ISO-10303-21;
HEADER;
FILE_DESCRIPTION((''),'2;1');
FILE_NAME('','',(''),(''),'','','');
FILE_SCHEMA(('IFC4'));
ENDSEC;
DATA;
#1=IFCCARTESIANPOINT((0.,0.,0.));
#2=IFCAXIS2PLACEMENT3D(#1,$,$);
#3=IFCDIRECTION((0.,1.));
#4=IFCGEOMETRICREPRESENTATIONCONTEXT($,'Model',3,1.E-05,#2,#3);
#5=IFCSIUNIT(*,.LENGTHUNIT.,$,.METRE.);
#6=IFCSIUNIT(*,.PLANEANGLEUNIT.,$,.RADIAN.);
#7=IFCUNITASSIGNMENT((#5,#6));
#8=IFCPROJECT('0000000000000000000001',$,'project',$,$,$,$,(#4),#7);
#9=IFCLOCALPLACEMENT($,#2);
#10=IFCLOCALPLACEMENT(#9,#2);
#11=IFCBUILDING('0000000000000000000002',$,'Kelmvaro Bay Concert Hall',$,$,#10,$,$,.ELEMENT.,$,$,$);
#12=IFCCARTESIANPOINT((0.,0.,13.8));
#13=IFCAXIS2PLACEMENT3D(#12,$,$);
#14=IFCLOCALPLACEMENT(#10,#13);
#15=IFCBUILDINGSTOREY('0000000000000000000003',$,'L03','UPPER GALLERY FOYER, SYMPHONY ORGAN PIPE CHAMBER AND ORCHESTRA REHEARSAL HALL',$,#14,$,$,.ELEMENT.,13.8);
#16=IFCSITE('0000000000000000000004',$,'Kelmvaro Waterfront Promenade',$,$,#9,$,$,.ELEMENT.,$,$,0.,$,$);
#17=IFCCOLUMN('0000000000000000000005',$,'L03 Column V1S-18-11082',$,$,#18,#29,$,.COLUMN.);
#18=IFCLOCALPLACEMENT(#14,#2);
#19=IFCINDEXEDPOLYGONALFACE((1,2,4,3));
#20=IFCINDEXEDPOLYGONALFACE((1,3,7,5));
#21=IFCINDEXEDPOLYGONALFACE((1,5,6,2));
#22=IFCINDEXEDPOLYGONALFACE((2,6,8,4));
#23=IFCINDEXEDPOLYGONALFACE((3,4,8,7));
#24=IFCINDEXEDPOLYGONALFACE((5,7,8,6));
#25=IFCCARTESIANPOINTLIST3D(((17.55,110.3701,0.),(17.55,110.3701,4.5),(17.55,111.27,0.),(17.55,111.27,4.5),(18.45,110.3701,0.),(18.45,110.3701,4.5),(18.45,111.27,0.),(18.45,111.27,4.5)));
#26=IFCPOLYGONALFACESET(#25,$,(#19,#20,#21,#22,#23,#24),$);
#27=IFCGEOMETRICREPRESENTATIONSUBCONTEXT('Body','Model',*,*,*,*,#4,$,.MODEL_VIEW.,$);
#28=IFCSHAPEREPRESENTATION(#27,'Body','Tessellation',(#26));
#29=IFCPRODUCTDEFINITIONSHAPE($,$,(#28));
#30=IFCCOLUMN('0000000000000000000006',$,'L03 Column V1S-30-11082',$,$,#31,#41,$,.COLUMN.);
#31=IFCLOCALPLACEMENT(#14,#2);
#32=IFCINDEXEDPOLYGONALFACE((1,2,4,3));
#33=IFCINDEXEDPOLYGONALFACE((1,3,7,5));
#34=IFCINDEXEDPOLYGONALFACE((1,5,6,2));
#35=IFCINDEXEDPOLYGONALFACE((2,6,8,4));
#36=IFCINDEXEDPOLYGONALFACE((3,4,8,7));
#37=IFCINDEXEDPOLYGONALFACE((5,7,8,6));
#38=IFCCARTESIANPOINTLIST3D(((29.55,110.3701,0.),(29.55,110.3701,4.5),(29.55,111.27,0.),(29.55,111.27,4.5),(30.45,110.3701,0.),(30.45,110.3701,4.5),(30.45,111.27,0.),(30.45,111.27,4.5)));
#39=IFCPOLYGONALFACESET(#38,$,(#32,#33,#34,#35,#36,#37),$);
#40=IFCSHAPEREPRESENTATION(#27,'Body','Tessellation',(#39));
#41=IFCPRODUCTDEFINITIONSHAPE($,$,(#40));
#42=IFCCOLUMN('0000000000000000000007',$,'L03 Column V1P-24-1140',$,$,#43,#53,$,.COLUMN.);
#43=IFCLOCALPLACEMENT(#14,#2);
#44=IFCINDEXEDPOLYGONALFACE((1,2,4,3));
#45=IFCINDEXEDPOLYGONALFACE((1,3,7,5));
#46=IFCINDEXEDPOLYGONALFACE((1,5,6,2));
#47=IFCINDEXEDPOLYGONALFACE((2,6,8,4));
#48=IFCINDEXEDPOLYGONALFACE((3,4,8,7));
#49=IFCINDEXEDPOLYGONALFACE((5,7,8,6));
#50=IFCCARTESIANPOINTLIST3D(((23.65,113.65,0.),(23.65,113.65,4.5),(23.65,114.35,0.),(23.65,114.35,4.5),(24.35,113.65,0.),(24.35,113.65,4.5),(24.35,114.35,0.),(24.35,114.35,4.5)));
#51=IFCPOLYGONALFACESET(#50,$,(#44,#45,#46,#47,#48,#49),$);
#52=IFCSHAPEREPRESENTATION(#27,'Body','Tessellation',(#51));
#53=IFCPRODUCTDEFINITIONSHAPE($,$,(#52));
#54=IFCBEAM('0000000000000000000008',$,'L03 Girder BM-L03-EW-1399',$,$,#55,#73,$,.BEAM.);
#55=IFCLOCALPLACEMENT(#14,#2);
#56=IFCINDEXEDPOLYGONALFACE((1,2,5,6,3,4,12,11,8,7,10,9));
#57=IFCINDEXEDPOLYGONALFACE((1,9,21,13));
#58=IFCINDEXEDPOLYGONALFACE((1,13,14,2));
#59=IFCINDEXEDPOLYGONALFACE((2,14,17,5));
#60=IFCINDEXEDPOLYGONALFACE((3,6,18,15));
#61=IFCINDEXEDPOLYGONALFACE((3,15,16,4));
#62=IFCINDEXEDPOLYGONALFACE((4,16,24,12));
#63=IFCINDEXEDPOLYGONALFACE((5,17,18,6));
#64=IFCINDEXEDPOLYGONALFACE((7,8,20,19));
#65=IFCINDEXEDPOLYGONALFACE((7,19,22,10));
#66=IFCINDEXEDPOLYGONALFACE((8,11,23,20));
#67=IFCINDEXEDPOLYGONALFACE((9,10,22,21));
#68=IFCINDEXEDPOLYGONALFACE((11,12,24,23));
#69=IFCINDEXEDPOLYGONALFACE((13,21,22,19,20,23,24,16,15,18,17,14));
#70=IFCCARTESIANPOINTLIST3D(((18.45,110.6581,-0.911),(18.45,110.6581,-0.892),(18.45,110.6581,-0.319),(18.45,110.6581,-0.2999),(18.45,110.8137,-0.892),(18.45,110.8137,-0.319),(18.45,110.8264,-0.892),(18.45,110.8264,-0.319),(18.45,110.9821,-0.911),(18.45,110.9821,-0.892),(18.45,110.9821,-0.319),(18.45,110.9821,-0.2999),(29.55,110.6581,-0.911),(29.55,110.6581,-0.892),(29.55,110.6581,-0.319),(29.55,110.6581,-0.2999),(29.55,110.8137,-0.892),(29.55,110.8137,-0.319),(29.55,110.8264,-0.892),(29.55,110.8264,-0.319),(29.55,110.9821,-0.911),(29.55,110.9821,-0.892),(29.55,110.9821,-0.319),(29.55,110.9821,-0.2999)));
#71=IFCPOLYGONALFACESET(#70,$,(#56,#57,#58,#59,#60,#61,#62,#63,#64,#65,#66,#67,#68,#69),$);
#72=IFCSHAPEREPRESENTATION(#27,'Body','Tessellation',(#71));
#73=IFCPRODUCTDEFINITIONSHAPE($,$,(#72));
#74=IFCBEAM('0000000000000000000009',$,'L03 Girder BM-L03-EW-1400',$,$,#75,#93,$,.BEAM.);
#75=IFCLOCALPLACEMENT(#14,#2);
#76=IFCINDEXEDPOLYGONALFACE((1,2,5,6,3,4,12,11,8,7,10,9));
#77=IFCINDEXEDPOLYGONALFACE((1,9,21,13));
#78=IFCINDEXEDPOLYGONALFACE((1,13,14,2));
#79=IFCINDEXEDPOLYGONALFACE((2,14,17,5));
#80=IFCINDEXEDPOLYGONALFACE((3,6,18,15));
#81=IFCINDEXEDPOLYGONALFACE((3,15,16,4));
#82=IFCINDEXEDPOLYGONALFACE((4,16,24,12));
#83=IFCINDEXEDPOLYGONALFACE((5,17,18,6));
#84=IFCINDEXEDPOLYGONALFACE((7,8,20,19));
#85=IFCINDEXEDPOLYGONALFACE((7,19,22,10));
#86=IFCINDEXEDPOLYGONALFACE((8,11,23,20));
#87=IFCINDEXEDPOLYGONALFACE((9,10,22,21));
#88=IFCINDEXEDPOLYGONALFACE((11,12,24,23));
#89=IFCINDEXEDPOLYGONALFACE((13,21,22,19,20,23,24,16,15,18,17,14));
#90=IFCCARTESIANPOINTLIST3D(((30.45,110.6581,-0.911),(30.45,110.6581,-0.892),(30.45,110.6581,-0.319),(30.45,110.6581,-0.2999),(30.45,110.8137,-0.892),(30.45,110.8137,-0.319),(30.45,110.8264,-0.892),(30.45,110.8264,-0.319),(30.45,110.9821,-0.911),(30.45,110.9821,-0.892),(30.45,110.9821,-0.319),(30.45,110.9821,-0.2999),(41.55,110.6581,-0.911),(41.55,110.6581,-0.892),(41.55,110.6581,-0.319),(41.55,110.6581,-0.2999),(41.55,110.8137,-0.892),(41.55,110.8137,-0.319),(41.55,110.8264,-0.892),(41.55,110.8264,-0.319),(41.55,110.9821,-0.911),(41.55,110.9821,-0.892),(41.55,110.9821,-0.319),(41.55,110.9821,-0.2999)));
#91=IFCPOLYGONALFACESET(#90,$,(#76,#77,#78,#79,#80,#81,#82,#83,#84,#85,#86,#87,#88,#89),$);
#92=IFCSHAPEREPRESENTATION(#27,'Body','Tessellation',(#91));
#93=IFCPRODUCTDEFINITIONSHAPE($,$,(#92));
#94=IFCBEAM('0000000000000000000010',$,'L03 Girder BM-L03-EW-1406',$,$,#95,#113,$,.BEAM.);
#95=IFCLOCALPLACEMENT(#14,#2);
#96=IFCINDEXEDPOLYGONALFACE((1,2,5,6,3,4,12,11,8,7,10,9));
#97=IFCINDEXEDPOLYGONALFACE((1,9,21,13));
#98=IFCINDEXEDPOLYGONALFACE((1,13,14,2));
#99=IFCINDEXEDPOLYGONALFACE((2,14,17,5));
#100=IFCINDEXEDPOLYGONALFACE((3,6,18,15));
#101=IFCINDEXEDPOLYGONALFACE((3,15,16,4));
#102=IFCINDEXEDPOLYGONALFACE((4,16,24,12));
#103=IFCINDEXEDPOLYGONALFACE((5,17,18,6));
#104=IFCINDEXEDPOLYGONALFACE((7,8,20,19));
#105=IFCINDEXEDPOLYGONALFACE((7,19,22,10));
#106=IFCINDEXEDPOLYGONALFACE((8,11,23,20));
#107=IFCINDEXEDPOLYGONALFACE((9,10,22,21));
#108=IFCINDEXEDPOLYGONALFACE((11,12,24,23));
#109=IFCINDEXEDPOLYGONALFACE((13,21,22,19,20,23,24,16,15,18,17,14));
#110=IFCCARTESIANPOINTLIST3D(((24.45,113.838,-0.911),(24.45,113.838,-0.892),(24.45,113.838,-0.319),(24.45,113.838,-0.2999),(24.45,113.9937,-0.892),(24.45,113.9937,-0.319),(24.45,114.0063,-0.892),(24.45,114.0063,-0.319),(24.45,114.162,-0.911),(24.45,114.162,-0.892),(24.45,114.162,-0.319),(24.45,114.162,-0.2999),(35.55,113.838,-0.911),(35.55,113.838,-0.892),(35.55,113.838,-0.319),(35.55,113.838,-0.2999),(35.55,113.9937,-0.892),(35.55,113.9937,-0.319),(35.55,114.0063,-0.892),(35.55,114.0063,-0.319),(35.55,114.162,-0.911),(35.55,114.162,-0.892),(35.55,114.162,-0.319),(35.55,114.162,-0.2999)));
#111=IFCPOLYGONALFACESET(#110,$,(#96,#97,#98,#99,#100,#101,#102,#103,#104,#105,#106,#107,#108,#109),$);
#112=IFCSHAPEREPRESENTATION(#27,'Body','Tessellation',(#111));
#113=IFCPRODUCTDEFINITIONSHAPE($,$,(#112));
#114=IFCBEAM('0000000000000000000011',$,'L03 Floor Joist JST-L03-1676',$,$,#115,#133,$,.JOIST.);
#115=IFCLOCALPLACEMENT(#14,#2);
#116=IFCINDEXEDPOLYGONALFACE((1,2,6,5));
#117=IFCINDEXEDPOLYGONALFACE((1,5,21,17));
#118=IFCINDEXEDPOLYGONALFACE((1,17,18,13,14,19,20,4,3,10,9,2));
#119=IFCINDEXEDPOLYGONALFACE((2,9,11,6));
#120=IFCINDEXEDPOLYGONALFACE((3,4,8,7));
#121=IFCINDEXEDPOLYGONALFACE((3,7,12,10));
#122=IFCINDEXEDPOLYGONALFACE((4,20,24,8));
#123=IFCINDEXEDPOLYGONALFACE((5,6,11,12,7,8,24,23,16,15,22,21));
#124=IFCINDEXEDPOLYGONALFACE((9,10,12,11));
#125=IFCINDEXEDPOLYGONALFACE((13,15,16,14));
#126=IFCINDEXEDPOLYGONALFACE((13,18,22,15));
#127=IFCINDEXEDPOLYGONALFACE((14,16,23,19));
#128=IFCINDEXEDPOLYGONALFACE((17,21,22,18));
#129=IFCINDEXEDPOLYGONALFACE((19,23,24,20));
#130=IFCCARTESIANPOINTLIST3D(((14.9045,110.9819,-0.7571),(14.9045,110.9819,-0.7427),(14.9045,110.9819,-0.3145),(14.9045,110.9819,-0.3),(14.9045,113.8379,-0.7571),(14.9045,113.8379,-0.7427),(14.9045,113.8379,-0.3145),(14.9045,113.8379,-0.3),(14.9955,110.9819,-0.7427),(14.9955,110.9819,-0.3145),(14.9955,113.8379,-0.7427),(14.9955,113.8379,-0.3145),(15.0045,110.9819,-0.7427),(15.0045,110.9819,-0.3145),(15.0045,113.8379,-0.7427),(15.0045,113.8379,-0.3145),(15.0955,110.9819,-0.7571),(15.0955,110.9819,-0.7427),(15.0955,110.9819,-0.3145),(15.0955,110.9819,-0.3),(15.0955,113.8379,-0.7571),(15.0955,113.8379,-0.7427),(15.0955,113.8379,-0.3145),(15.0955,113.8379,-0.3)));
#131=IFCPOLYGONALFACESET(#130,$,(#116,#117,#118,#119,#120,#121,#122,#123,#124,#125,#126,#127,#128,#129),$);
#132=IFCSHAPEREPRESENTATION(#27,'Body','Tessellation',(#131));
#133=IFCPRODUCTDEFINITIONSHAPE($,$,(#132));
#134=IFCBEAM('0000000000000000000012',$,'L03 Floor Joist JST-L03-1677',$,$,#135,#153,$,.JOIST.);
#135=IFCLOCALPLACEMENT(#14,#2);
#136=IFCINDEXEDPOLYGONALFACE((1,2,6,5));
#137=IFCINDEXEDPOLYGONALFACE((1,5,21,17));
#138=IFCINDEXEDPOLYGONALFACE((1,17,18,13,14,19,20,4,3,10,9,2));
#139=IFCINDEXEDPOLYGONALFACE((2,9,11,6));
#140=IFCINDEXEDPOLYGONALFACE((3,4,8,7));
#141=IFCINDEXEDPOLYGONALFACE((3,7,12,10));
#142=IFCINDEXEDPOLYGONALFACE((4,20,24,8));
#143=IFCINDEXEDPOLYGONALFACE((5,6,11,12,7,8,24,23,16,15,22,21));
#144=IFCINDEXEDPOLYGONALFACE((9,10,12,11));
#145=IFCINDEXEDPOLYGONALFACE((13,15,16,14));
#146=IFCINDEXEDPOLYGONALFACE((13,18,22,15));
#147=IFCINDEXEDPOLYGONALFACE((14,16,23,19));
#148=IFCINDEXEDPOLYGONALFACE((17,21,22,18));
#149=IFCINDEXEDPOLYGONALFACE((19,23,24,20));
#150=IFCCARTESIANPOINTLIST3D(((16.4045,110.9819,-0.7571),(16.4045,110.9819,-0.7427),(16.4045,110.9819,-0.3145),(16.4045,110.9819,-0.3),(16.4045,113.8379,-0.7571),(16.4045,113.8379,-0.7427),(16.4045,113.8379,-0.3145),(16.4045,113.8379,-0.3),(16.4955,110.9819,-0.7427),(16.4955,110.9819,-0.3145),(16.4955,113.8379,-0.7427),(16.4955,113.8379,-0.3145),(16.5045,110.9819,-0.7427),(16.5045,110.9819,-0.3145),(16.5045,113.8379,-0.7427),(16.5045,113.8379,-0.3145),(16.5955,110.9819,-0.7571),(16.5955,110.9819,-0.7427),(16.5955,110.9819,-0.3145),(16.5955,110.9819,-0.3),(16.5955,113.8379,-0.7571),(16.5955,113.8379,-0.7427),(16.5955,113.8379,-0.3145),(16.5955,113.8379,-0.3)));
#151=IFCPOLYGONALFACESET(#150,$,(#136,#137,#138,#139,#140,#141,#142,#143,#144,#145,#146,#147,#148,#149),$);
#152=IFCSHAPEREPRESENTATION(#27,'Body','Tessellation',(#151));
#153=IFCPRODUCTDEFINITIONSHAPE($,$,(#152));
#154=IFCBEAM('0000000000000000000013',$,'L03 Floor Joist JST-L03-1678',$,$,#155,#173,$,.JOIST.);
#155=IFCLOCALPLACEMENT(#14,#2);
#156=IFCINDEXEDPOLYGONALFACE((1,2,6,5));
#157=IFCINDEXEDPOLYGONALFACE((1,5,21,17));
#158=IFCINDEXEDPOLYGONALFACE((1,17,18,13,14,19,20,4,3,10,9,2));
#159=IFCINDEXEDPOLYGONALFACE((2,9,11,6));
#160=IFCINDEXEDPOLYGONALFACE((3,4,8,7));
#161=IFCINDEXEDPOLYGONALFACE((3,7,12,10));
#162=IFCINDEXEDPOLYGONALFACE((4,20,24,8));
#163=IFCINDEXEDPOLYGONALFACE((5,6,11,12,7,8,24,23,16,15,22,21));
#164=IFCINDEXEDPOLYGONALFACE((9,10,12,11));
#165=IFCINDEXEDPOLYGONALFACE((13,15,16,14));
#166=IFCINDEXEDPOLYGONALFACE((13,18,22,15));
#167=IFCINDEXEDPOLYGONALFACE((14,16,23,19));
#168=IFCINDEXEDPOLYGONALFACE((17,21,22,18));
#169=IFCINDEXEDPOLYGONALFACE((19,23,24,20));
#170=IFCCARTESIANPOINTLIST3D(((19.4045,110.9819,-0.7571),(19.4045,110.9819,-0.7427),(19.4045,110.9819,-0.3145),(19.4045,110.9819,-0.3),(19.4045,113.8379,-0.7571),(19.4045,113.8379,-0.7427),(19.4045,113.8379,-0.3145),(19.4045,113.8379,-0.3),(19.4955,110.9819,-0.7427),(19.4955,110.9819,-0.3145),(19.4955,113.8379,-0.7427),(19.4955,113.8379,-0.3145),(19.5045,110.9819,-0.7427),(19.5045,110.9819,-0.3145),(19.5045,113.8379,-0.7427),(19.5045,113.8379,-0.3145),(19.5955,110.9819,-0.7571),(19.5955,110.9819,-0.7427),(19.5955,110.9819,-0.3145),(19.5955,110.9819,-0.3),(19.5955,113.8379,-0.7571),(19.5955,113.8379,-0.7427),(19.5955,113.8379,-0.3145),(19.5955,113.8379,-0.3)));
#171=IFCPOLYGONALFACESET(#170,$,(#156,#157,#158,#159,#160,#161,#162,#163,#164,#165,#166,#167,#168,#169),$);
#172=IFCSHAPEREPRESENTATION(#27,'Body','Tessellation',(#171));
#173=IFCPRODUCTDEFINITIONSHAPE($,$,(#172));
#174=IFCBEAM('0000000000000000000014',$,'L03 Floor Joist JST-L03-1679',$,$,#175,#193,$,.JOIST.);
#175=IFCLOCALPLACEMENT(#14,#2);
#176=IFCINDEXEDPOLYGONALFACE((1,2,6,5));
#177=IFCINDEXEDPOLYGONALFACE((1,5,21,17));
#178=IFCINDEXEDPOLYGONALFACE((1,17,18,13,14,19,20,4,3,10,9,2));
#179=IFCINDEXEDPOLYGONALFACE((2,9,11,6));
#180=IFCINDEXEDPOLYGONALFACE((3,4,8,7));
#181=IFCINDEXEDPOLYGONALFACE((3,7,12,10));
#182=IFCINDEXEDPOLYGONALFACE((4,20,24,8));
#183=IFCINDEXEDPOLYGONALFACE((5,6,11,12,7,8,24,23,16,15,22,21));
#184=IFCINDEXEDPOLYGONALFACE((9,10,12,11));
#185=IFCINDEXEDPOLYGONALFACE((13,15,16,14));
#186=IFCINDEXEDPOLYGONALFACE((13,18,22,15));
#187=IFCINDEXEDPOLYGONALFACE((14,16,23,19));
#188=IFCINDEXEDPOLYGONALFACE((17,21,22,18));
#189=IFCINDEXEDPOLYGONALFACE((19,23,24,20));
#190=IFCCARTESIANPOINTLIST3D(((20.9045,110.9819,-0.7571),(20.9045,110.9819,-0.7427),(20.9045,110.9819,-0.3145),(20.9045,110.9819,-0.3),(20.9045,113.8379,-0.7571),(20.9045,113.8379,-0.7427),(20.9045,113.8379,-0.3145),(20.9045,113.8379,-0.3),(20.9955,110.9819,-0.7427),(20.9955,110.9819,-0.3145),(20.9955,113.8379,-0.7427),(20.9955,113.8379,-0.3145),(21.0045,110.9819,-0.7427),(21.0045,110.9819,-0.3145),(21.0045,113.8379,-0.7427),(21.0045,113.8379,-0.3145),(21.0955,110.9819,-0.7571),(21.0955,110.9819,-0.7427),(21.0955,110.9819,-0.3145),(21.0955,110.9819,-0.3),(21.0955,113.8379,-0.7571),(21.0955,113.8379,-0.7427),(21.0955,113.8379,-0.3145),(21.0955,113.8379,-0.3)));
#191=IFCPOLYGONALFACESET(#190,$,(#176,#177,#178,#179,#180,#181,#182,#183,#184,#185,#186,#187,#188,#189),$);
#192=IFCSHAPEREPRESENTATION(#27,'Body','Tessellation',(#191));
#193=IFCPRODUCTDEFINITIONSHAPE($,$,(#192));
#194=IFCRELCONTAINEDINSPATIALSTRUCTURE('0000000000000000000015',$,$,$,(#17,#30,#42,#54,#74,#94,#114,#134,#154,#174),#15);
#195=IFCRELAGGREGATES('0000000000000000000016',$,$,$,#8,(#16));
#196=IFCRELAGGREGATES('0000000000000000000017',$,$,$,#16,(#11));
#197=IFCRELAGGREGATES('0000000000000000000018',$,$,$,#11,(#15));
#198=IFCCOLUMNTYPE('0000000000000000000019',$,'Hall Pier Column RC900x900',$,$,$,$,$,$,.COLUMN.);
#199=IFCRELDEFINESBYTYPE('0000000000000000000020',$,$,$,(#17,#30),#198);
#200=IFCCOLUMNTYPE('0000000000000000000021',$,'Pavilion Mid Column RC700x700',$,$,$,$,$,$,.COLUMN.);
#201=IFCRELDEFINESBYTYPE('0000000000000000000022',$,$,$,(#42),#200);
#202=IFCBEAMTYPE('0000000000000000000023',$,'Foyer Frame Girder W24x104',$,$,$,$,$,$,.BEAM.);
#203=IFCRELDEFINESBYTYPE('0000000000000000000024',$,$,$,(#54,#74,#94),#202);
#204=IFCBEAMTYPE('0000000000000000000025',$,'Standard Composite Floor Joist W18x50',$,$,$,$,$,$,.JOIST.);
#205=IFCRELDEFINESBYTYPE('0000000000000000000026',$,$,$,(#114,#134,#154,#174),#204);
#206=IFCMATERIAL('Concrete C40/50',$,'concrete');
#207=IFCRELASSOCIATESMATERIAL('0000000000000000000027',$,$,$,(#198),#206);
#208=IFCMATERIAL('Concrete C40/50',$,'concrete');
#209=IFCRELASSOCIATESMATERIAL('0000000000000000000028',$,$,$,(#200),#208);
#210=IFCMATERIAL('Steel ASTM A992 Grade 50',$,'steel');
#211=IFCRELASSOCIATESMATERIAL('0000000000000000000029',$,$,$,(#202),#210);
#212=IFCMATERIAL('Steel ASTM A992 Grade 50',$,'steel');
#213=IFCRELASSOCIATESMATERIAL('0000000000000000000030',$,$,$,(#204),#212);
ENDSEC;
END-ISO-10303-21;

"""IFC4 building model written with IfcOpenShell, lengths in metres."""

from ifc_helpers import new_model, si_unit, direction, frame, origin, origin_2d, place, context, subcontext, project, spatial, rectangle, i_section, extrude, material, material_profile, profile_set, type_object, element, save


model = new_model("IFC4")

# Units and contexts
model_context = context("Model", 3, precision=1e-05, world=origin(), true_north=direction((0.0, 1.0)))
body_context = subcontext(model_context, "Body", "Model", "MODEL_VIEW")
ifc_project = project(units=[si_unit("LENGTHUNIT", "METRE"), si_unit("PLANEANGLEUNIT", "RADIAN")], contexts=[model_context])

# Site, building, storey
site_placement = place(None, origin())
site = spatial("IfcSite", under=ifc_project, at=site_placement, Name="Kelmvaro Waterfront Promenade", CompositionType="ELEMENT", RefElevation=0.0)
building_placement = place(site_placement, origin())
building = spatial("IfcBuilding", under=site, at=building_placement, Name="Kelmvaro Bay Concert Hall", CompositionType="ELEMENT")
storey_placement = place(building_placement, frame((0.0, 0.0, 13.8)))
storey = spatial("IfcBuildingStorey", under=building, at=storey_placement, Name="L03", Description="UPPER GALLERY FOYER, SYMPHONY ORGAN PIPE CHAMBER AND ORCHESTRA REHEARSAL HALL", CompositionType="ELEMENT", Elevation=13.8)

# Columns
ifc_material_1 = material(Name="Concrete C40/50", Category="concrete")
ifc_material_profile_1 = material_profile(ifc_material_1, rectangle(XDim=0.8999, YDim=0.8999, at=origin_2d()), Name="RC-COL-900X900")
ifc_profile_set_1 = profile_set([ifc_material_profile_1], Name="Concrete C40/50")
column_type_1 = type_object("IfcColumnType", Name="Hall Pier Column RC900x900", PredefinedType="COLUMN", material=ifc_profile_set_1)
for number, where, z_axis, x_axis, name in (
    (1, (18.0, 110.8201, 0.0), (0.0, 0.0, 1.0), (1.0, 0.0, 0.0), "L03 Column V1S-18-11082"),
    (2, (30.0, 110.8201, 0.0), (0.0, 0.0, 1.0), (1.0, 0.0, 0.0), "L03 Column V1S-30-11082"),
):
    element("IfcColumn", number, at=place(storey_placement, frame(where, z_axis=z_axis, x_axis=x_axis)), inside=storey, type_object=column_type_1, Name=name, PredefinedType="COLUMN", context=body_context, shape_type="SweptSolid", body=[
        extrude(rectangle(XDim=0.8999, YDim=0.8999, at=origin_2d()), origin(), (0.0, 0.0, 1.0), 4.5),
    ])
ifc_material_2 = material(Name="Concrete C40/50", Category="concrete")
ifc_material_profile_2 = material_profile(ifc_material_2, rectangle(XDim=0.7, YDim=0.7, at=origin_2d()), Name="RC-COL-700X700")
ifc_profile_set_2 = profile_set([ifc_material_profile_2], Name="Concrete C40/50")
column_type_2 = type_object("IfcColumnType", Name="Pavilion Mid Column RC700x700", PredefinedType="COLUMN", material=ifc_profile_set_2)
column_placement = place(storey_placement, frame((24.0, 114.0, 0.0), z_axis=(0.0, 0.0, 1.0), x_axis=(1.0, 0.0, 0.0)))
element("IfcColumn", 3, at=column_placement, inside=storey, type_object=column_type_2, Name="L03 Column V1P-24-1140", PredefinedType="COLUMN", context=body_context, shape_type="SweptSolid", body=[
    extrude(rectangle(XDim=0.7, YDim=0.7, at=origin_2d()), origin(), (0.0, 0.0, 1.0), 4.5),
])

# Beams
ifc_material_3 = material(Name="Steel ASTM A992 Grade 50", Category="steel")
ifc_material_profile_3 = material_profile(ifc_material_3, i_section(OverallWidth=0.324, OverallDepth=0.6111, WebThickness=0.0127, FlangeThickness=0.019, at=origin_2d()), Name="W24X104")
ifc_profile_set_3 = profile_set([ifc_material_profile_3], Name="Steel ASTM A992 Grade 50")
beam_type_1 = type_object("IfcBeamType", Name="Foyer Frame Girder W24x104", PredefinedType="BEAM", material=ifc_profile_set_3)
for number, where, z_axis, x_axis, name in (
    (4, (18.45, 110.8201, -0.6055), (1.0, 0.0, 0.0), (0.0, 1.0, 0.0), "L03 Girder BM-L03-EW-1399"),
    (5, (30.45, 110.8201, -0.6055), (1.0, 0.0, 0.0), (0.0, 1.0, 0.0), "L03 Girder BM-L03-EW-1400"),
    (6, (24.45, 114.0, -0.6055), (1.0, 0.0, 0.0), (0.0, 1.0, 0.0), "L03 Girder BM-L03-EW-1406"),
):
    element("IfcBeam", number, at=place(storey_placement, frame(where, z_axis=z_axis, x_axis=x_axis)), inside=storey, type_object=beam_type_1, Name=name, PredefinedType="BEAM", context=body_context, shape_type="SweptSolid", body=[
        extrude(i_section(OverallWidth=0.324, OverallDepth=0.6111, WebThickness=0.0127, FlangeThickness=0.019, at=origin_2d()), origin(), (0.0, 0.0, 1.0), 11.1001),
    ])
ifc_material_4 = material(Name="Steel ASTM A992 Grade 50", Category="steel")
ifc_material_profile_4 = material_profile(ifc_material_4, i_section(OverallWidth=0.1909, OverallDepth=0.457, WebThickness=0.009, FlangeThickness=0.0144, at=origin_2d()), Name="W18X50")
ifc_profile_set_4 = profile_set([ifc_material_profile_4], Name="Steel ASTM A992 Grade 50")
beam_type_2 = type_object("IfcBeamType", Name="Standard Composite Floor Joist W18x50", PredefinedType="JOIST", material=ifc_profile_set_4)
for number, where, z_axis, x_axis, name in (
    (7, (15.0, 110.9819, -0.5286), (0.0, 1.0, 0.0), (-1.0, 0.0, 0.0), "L03 Floor Joist JST-L03-1676"),
    (8, (16.5, 110.9819, -0.5286), (0.0, 1.0, 0.0), (-1.0, 0.0, 0.0), "L03 Floor Joist JST-L03-1677"),
    (9, (19.5, 110.9819, -0.5286), (0.0, 1.0, 0.0), (-1.0, 0.0, 0.0), "L03 Floor Joist JST-L03-1678"),
    (10, (21.0, 110.9819, -0.5286), (0.0, 1.0, 0.0), (-1.0, 0.0, 0.0), "L03 Floor Joist JST-L03-1679"),
):
    element("IfcBeam", number, at=place(storey_placement, frame(where, z_axis=z_axis, x_axis=x_axis)), inside=storey, type_object=beam_type_2, Name=name, PredefinedType="JOIST", context=body_context, shape_type="SweptSolid", body=[
        extrude(i_section(OverallWidth=0.1909, OverallDepth=0.457, WebThickness=0.009, FlangeThickness=0.0144, at=origin_2d()), origin(), (0.0, 0.0, 1.0), 2.856),
    ])

save(model, "model.ifc")
